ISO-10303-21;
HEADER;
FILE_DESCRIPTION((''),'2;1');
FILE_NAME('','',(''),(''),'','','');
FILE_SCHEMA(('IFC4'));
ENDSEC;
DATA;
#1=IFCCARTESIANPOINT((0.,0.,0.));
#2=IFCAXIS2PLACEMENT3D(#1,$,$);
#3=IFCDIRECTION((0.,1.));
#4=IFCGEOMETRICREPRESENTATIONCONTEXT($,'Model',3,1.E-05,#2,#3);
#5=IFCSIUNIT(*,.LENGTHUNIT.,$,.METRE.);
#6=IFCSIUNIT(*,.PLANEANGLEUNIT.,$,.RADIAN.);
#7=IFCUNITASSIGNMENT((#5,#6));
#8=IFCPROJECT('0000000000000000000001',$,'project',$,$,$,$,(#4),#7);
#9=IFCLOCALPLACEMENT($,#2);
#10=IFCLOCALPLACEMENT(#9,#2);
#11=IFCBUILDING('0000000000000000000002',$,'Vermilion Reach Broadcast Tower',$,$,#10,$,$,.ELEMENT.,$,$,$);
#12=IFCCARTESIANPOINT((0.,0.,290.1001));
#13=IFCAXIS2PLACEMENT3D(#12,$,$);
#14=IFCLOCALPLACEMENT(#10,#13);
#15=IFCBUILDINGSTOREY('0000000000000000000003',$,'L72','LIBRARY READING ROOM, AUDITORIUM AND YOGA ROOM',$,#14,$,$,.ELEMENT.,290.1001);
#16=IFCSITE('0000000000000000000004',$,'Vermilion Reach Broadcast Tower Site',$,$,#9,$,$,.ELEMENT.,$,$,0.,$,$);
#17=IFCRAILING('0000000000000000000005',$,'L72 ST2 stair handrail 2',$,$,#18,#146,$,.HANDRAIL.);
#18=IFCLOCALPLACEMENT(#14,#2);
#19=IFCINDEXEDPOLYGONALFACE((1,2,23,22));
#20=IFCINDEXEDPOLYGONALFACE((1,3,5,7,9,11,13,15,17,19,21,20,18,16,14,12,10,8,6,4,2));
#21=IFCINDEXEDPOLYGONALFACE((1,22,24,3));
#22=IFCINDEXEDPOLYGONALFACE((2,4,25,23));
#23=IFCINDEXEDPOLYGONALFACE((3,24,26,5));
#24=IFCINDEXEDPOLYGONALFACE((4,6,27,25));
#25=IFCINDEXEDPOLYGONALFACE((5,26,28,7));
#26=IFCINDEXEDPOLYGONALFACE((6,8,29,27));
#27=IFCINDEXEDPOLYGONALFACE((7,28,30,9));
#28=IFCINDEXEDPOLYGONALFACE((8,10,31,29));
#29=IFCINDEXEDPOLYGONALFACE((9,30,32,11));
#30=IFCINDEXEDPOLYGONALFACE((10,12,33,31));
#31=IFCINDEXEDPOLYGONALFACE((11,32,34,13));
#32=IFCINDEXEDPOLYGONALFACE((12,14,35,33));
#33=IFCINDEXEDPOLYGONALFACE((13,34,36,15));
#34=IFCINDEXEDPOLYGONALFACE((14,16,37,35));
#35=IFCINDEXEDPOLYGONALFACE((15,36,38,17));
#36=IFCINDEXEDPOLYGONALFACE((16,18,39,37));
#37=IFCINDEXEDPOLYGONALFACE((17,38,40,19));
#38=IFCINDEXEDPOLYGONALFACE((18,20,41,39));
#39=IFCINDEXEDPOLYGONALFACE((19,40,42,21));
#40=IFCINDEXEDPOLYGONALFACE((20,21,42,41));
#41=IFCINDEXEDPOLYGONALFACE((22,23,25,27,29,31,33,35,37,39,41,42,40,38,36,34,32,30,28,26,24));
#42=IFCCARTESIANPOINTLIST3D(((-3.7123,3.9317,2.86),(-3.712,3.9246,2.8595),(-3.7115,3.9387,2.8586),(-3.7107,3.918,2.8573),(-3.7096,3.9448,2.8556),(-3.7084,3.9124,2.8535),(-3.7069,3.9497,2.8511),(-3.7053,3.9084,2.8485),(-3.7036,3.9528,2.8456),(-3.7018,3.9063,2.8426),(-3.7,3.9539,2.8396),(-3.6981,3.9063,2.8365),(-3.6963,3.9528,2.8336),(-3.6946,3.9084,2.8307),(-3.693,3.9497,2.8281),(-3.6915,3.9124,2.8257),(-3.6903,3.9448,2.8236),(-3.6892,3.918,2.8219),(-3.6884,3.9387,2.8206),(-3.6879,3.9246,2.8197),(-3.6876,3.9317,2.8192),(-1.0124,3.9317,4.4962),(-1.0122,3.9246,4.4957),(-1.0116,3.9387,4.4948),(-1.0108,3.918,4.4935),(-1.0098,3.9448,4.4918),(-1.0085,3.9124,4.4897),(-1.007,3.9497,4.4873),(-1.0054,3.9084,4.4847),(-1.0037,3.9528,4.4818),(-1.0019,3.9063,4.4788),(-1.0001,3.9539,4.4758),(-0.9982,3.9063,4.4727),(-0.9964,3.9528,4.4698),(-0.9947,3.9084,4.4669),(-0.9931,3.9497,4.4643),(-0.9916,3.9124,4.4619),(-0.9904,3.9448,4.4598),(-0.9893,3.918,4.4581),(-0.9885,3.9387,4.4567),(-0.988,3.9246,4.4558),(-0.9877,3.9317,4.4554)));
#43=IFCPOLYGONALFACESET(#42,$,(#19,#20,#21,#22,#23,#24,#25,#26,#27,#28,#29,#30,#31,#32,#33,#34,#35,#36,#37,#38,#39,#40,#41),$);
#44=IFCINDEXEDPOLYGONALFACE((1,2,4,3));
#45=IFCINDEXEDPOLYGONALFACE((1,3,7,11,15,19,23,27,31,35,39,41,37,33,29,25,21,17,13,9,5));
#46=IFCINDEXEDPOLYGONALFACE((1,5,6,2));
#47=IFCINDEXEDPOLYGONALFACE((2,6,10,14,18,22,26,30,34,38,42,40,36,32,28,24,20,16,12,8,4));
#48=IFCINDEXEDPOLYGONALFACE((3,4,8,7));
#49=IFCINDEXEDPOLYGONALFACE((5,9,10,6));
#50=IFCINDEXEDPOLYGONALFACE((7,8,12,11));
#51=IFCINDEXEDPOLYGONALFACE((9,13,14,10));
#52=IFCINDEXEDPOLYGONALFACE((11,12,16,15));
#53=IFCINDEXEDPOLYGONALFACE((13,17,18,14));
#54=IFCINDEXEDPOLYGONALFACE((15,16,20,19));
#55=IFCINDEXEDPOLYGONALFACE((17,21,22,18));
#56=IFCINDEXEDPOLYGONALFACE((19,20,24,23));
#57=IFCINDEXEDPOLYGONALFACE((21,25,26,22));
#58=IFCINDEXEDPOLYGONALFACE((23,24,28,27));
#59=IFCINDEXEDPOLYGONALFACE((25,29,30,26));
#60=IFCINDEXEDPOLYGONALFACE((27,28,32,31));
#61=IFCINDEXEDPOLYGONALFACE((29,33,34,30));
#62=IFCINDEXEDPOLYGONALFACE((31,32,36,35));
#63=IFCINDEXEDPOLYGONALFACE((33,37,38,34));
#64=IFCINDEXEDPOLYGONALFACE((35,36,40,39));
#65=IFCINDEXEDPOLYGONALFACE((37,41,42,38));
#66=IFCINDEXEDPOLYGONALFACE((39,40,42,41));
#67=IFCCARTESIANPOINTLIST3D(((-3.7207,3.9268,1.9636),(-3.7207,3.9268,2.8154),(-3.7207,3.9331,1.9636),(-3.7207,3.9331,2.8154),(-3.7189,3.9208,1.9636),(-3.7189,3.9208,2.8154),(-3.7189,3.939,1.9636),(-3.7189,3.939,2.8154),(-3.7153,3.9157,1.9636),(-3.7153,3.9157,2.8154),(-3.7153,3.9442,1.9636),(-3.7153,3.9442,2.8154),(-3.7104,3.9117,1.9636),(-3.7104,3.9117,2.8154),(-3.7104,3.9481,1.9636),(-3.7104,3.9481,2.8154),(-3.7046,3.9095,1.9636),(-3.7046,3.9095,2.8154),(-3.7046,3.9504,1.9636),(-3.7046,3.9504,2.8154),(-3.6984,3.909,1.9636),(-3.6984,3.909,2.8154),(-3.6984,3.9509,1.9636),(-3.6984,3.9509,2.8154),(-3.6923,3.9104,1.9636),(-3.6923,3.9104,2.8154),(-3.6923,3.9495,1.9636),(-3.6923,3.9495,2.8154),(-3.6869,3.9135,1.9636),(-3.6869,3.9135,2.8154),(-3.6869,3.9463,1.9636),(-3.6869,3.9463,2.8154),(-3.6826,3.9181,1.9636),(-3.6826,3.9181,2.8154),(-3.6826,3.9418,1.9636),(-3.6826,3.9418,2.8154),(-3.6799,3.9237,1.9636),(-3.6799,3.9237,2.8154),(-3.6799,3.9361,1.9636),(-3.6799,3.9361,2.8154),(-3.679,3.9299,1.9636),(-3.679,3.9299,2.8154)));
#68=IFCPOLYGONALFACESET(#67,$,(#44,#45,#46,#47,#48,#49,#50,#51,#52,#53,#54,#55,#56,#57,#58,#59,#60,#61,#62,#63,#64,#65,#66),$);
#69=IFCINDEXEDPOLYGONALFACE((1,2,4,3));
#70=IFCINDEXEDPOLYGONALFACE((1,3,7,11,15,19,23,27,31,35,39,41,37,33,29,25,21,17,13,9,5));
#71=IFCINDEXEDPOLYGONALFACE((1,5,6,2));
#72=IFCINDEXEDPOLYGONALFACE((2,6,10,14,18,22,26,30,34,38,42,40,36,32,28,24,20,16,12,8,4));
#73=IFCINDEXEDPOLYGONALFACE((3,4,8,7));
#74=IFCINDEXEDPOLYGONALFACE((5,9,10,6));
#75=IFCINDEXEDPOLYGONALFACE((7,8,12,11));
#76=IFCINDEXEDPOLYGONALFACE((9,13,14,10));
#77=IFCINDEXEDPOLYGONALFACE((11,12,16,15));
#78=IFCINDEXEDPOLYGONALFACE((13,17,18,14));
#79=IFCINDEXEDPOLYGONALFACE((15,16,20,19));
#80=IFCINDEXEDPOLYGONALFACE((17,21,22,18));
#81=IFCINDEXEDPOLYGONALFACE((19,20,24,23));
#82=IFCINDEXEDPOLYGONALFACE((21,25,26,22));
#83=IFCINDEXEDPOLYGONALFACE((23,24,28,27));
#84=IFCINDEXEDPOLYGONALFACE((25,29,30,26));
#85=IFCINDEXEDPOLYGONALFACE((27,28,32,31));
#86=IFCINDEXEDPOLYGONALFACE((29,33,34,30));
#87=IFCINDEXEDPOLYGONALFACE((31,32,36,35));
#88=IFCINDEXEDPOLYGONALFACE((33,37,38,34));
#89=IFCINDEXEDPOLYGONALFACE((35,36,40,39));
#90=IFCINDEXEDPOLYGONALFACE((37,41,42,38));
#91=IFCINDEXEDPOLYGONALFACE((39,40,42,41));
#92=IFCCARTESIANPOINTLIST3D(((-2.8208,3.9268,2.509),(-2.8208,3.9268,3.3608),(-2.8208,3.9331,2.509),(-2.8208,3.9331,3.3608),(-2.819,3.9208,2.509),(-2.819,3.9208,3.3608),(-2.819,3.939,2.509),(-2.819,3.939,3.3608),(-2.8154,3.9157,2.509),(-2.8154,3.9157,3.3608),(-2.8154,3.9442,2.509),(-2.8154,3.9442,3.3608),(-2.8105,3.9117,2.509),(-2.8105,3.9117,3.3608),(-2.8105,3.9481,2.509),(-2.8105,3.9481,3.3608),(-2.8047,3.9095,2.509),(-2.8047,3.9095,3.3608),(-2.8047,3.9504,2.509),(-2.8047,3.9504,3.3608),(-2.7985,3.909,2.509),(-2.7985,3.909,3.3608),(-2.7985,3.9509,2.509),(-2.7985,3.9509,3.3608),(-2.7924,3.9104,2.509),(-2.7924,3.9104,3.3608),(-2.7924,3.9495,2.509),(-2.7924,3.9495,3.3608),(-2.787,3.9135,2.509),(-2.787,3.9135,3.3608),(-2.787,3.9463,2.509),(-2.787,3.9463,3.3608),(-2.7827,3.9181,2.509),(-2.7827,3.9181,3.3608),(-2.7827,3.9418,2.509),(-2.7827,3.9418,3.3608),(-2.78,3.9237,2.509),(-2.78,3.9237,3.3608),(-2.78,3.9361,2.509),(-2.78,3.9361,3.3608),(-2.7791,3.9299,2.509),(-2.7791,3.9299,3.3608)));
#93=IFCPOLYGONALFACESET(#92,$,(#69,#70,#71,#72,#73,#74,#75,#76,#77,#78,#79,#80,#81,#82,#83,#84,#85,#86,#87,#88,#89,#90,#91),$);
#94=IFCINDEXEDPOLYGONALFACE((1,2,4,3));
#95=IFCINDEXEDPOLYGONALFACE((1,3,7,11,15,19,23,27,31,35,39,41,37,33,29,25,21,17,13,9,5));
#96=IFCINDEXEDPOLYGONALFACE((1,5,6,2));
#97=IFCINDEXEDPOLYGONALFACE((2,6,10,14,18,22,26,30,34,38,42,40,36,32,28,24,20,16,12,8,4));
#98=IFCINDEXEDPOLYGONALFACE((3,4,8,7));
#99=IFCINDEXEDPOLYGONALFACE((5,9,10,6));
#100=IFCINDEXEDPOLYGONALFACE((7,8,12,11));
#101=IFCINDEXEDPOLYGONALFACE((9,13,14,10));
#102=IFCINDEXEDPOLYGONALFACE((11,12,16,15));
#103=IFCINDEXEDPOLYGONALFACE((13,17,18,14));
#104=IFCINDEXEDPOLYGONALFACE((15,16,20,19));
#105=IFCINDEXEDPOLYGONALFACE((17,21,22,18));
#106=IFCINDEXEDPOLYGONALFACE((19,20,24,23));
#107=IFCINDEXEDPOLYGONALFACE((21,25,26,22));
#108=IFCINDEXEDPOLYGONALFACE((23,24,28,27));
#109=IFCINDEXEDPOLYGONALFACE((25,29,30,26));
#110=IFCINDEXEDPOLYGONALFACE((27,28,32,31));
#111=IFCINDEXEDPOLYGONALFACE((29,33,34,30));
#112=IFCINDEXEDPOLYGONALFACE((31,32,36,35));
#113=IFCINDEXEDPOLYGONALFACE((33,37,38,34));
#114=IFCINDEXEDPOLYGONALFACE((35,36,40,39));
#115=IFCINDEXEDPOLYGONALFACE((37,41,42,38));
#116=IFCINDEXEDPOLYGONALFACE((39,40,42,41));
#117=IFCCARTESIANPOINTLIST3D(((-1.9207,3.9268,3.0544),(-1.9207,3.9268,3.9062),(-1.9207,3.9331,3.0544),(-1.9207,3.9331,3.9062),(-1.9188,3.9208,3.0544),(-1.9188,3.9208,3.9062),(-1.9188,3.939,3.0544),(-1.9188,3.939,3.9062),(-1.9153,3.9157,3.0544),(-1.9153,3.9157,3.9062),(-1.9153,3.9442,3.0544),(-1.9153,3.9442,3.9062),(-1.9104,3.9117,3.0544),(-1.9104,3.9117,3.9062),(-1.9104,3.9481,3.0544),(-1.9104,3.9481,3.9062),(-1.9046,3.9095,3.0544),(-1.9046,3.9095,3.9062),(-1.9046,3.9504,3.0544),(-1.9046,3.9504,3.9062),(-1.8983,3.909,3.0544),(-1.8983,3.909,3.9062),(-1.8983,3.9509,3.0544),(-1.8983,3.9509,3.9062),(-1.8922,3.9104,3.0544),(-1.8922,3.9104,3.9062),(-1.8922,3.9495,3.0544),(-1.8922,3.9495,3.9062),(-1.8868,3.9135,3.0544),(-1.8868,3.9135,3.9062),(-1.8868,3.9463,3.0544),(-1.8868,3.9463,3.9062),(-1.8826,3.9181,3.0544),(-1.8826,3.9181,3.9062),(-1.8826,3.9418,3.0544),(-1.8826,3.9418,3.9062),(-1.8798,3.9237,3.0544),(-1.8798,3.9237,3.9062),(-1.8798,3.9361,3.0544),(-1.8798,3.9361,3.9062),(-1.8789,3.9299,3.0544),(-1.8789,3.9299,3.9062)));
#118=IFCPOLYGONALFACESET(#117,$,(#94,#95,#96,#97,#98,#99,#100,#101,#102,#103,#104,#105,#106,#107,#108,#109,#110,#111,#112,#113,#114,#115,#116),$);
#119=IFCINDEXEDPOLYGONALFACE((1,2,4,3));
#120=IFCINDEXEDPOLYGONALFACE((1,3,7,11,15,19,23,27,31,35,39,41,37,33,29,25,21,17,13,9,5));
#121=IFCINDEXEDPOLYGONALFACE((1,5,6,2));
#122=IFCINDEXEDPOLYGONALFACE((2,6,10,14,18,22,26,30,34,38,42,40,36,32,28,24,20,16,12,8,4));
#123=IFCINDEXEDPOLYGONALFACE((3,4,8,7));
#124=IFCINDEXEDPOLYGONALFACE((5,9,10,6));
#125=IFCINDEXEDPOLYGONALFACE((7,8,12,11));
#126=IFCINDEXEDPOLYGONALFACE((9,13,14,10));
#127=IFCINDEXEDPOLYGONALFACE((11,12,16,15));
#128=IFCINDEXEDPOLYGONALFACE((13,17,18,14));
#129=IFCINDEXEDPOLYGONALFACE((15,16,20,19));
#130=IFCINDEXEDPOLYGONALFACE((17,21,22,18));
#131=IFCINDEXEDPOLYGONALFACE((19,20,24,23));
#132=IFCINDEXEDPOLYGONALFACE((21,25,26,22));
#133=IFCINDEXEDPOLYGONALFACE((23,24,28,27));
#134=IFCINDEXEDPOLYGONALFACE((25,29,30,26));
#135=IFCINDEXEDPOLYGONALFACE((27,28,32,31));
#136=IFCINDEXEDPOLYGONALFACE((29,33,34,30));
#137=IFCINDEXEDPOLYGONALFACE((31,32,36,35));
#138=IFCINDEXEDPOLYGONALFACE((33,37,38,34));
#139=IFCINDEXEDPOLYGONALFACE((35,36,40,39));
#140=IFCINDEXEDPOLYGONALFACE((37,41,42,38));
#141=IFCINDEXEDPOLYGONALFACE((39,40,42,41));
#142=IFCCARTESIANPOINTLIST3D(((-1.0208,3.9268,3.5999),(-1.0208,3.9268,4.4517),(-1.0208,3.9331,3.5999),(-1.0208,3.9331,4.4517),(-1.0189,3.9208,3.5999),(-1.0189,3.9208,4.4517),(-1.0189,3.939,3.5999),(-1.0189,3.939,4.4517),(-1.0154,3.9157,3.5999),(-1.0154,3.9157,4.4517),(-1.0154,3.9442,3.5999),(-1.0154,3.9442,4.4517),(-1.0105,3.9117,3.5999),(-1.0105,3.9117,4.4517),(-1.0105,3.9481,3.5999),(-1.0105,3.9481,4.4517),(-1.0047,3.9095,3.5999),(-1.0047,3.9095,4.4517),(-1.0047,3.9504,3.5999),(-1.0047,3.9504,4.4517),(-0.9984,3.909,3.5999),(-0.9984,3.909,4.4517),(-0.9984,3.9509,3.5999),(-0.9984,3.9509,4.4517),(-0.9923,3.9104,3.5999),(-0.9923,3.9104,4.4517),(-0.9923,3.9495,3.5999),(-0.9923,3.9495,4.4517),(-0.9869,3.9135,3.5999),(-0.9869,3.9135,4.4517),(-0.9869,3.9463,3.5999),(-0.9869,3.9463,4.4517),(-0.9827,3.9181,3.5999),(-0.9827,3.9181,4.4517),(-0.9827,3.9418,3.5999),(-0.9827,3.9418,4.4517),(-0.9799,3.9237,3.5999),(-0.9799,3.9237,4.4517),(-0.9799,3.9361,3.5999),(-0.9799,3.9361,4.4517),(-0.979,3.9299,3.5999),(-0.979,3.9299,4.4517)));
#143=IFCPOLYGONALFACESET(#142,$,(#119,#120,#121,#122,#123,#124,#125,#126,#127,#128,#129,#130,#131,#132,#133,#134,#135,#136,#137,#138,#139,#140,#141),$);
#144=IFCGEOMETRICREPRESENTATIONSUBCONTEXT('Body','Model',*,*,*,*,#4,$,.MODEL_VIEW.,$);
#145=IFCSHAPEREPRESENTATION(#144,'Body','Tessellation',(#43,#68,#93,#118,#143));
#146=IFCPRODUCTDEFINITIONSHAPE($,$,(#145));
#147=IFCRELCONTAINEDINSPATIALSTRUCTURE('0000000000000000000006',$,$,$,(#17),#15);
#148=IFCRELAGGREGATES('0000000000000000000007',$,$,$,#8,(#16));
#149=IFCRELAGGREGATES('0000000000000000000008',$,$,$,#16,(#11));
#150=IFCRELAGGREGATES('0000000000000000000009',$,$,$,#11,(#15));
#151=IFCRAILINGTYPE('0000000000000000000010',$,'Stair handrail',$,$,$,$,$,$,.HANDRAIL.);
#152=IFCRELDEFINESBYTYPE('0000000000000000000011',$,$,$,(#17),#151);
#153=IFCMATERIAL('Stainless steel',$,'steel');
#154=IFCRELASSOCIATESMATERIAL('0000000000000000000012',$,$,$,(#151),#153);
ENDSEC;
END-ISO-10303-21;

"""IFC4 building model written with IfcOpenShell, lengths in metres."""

from ifc_helpers import new_model, si_unit, direction, frame, origin, origin_2d, place, context, subcontext, project, spatial, circle, extrude, material, type_object, element, save


model = new_model("IFC4")

# Units and contexts
model_context = context("Model", 3, precision=1e-05, world=origin(), true_north=direction((0.0, 1.0)))
body_context = subcontext(model_context, "Body", "Model", "MODEL_VIEW")
ifc_project = project(units=[si_unit("LENGTHUNIT", "METRE"), si_unit("PLANEANGLEUNIT", "RADIAN")], contexts=[model_context])

# Site, building, storey
site_placement = place(None, origin())
site = spatial("IfcSite", under=ifc_project, at=site_placement, Name="Vermilion Reach Broadcast Tower Site", CompositionType="ELEMENT", RefElevation=0.0)
building_placement = place(site_placement, origin())
building = spatial("IfcBuilding", under=site, at=building_placement, Name="Vermilion Reach Broadcast Tower", CompositionType="ELEMENT")
storey_placement = place(building_placement, frame((0.0, 0.0, 290.1001)))
storey = spatial("IfcBuildingStorey", under=building, at=storey_placement, Name="L72", Description="LIBRARY READING ROOM, AUDITORIUM AND YOGA ROOM", CompositionType="ELEMENT", Elevation=290.1001)

# Railing
ifc_material_1 = material(Name="Stainless steel", Category="steel")
railing_type_1 = type_object("IfcRailingType", Name="Stair handrail", PredefinedType="HANDRAIL", material=ifc_material_1)
railing_1_placement = place(storey_placement, frame((-3.7, 3.9299, 1.9636)))
element("IfcRailing", 1, at=railing_1_placement, inside=storey, type_object=railing_type_1, Name="L72 ST2 stair handrail 2", PredefinedType="HANDRAIL", context=body_context, shape_type="SweptSolid", body=[
    extrude(circle(Radius=0.0239, at=origin_2d()), frame((0.0, 0.0, 0.876), z_axis=(0.855212, 0.0, 0.518278), x_axis=(0.0, 1.0, 0.0)), (0.0, 0.0, 1.0), 3.157),
    extrude(circle(Radius=0.021, at=origin_2d()), origin(), (0.0, 0.0, 1.0), 0.8518),
    extrude(circle(Radius=0.021, at=origin_2d()), frame((0.8999, 0.0, 0.5454)), (0.0, 0.0, 1.0), 0.8518),
    extrude(circle(Radius=0.021, at=origin_2d()), frame((1.8, 0.0, 1.0908)), (0.0, 0.0, 1.0), 0.8518),
    extrude(circle(Radius=0.021, at=origin_2d()), frame((2.7, 0.0, 1.6362)), (0.0, 0.0, 1.0), 0.8518),
])

save(model, "model.ifc")
